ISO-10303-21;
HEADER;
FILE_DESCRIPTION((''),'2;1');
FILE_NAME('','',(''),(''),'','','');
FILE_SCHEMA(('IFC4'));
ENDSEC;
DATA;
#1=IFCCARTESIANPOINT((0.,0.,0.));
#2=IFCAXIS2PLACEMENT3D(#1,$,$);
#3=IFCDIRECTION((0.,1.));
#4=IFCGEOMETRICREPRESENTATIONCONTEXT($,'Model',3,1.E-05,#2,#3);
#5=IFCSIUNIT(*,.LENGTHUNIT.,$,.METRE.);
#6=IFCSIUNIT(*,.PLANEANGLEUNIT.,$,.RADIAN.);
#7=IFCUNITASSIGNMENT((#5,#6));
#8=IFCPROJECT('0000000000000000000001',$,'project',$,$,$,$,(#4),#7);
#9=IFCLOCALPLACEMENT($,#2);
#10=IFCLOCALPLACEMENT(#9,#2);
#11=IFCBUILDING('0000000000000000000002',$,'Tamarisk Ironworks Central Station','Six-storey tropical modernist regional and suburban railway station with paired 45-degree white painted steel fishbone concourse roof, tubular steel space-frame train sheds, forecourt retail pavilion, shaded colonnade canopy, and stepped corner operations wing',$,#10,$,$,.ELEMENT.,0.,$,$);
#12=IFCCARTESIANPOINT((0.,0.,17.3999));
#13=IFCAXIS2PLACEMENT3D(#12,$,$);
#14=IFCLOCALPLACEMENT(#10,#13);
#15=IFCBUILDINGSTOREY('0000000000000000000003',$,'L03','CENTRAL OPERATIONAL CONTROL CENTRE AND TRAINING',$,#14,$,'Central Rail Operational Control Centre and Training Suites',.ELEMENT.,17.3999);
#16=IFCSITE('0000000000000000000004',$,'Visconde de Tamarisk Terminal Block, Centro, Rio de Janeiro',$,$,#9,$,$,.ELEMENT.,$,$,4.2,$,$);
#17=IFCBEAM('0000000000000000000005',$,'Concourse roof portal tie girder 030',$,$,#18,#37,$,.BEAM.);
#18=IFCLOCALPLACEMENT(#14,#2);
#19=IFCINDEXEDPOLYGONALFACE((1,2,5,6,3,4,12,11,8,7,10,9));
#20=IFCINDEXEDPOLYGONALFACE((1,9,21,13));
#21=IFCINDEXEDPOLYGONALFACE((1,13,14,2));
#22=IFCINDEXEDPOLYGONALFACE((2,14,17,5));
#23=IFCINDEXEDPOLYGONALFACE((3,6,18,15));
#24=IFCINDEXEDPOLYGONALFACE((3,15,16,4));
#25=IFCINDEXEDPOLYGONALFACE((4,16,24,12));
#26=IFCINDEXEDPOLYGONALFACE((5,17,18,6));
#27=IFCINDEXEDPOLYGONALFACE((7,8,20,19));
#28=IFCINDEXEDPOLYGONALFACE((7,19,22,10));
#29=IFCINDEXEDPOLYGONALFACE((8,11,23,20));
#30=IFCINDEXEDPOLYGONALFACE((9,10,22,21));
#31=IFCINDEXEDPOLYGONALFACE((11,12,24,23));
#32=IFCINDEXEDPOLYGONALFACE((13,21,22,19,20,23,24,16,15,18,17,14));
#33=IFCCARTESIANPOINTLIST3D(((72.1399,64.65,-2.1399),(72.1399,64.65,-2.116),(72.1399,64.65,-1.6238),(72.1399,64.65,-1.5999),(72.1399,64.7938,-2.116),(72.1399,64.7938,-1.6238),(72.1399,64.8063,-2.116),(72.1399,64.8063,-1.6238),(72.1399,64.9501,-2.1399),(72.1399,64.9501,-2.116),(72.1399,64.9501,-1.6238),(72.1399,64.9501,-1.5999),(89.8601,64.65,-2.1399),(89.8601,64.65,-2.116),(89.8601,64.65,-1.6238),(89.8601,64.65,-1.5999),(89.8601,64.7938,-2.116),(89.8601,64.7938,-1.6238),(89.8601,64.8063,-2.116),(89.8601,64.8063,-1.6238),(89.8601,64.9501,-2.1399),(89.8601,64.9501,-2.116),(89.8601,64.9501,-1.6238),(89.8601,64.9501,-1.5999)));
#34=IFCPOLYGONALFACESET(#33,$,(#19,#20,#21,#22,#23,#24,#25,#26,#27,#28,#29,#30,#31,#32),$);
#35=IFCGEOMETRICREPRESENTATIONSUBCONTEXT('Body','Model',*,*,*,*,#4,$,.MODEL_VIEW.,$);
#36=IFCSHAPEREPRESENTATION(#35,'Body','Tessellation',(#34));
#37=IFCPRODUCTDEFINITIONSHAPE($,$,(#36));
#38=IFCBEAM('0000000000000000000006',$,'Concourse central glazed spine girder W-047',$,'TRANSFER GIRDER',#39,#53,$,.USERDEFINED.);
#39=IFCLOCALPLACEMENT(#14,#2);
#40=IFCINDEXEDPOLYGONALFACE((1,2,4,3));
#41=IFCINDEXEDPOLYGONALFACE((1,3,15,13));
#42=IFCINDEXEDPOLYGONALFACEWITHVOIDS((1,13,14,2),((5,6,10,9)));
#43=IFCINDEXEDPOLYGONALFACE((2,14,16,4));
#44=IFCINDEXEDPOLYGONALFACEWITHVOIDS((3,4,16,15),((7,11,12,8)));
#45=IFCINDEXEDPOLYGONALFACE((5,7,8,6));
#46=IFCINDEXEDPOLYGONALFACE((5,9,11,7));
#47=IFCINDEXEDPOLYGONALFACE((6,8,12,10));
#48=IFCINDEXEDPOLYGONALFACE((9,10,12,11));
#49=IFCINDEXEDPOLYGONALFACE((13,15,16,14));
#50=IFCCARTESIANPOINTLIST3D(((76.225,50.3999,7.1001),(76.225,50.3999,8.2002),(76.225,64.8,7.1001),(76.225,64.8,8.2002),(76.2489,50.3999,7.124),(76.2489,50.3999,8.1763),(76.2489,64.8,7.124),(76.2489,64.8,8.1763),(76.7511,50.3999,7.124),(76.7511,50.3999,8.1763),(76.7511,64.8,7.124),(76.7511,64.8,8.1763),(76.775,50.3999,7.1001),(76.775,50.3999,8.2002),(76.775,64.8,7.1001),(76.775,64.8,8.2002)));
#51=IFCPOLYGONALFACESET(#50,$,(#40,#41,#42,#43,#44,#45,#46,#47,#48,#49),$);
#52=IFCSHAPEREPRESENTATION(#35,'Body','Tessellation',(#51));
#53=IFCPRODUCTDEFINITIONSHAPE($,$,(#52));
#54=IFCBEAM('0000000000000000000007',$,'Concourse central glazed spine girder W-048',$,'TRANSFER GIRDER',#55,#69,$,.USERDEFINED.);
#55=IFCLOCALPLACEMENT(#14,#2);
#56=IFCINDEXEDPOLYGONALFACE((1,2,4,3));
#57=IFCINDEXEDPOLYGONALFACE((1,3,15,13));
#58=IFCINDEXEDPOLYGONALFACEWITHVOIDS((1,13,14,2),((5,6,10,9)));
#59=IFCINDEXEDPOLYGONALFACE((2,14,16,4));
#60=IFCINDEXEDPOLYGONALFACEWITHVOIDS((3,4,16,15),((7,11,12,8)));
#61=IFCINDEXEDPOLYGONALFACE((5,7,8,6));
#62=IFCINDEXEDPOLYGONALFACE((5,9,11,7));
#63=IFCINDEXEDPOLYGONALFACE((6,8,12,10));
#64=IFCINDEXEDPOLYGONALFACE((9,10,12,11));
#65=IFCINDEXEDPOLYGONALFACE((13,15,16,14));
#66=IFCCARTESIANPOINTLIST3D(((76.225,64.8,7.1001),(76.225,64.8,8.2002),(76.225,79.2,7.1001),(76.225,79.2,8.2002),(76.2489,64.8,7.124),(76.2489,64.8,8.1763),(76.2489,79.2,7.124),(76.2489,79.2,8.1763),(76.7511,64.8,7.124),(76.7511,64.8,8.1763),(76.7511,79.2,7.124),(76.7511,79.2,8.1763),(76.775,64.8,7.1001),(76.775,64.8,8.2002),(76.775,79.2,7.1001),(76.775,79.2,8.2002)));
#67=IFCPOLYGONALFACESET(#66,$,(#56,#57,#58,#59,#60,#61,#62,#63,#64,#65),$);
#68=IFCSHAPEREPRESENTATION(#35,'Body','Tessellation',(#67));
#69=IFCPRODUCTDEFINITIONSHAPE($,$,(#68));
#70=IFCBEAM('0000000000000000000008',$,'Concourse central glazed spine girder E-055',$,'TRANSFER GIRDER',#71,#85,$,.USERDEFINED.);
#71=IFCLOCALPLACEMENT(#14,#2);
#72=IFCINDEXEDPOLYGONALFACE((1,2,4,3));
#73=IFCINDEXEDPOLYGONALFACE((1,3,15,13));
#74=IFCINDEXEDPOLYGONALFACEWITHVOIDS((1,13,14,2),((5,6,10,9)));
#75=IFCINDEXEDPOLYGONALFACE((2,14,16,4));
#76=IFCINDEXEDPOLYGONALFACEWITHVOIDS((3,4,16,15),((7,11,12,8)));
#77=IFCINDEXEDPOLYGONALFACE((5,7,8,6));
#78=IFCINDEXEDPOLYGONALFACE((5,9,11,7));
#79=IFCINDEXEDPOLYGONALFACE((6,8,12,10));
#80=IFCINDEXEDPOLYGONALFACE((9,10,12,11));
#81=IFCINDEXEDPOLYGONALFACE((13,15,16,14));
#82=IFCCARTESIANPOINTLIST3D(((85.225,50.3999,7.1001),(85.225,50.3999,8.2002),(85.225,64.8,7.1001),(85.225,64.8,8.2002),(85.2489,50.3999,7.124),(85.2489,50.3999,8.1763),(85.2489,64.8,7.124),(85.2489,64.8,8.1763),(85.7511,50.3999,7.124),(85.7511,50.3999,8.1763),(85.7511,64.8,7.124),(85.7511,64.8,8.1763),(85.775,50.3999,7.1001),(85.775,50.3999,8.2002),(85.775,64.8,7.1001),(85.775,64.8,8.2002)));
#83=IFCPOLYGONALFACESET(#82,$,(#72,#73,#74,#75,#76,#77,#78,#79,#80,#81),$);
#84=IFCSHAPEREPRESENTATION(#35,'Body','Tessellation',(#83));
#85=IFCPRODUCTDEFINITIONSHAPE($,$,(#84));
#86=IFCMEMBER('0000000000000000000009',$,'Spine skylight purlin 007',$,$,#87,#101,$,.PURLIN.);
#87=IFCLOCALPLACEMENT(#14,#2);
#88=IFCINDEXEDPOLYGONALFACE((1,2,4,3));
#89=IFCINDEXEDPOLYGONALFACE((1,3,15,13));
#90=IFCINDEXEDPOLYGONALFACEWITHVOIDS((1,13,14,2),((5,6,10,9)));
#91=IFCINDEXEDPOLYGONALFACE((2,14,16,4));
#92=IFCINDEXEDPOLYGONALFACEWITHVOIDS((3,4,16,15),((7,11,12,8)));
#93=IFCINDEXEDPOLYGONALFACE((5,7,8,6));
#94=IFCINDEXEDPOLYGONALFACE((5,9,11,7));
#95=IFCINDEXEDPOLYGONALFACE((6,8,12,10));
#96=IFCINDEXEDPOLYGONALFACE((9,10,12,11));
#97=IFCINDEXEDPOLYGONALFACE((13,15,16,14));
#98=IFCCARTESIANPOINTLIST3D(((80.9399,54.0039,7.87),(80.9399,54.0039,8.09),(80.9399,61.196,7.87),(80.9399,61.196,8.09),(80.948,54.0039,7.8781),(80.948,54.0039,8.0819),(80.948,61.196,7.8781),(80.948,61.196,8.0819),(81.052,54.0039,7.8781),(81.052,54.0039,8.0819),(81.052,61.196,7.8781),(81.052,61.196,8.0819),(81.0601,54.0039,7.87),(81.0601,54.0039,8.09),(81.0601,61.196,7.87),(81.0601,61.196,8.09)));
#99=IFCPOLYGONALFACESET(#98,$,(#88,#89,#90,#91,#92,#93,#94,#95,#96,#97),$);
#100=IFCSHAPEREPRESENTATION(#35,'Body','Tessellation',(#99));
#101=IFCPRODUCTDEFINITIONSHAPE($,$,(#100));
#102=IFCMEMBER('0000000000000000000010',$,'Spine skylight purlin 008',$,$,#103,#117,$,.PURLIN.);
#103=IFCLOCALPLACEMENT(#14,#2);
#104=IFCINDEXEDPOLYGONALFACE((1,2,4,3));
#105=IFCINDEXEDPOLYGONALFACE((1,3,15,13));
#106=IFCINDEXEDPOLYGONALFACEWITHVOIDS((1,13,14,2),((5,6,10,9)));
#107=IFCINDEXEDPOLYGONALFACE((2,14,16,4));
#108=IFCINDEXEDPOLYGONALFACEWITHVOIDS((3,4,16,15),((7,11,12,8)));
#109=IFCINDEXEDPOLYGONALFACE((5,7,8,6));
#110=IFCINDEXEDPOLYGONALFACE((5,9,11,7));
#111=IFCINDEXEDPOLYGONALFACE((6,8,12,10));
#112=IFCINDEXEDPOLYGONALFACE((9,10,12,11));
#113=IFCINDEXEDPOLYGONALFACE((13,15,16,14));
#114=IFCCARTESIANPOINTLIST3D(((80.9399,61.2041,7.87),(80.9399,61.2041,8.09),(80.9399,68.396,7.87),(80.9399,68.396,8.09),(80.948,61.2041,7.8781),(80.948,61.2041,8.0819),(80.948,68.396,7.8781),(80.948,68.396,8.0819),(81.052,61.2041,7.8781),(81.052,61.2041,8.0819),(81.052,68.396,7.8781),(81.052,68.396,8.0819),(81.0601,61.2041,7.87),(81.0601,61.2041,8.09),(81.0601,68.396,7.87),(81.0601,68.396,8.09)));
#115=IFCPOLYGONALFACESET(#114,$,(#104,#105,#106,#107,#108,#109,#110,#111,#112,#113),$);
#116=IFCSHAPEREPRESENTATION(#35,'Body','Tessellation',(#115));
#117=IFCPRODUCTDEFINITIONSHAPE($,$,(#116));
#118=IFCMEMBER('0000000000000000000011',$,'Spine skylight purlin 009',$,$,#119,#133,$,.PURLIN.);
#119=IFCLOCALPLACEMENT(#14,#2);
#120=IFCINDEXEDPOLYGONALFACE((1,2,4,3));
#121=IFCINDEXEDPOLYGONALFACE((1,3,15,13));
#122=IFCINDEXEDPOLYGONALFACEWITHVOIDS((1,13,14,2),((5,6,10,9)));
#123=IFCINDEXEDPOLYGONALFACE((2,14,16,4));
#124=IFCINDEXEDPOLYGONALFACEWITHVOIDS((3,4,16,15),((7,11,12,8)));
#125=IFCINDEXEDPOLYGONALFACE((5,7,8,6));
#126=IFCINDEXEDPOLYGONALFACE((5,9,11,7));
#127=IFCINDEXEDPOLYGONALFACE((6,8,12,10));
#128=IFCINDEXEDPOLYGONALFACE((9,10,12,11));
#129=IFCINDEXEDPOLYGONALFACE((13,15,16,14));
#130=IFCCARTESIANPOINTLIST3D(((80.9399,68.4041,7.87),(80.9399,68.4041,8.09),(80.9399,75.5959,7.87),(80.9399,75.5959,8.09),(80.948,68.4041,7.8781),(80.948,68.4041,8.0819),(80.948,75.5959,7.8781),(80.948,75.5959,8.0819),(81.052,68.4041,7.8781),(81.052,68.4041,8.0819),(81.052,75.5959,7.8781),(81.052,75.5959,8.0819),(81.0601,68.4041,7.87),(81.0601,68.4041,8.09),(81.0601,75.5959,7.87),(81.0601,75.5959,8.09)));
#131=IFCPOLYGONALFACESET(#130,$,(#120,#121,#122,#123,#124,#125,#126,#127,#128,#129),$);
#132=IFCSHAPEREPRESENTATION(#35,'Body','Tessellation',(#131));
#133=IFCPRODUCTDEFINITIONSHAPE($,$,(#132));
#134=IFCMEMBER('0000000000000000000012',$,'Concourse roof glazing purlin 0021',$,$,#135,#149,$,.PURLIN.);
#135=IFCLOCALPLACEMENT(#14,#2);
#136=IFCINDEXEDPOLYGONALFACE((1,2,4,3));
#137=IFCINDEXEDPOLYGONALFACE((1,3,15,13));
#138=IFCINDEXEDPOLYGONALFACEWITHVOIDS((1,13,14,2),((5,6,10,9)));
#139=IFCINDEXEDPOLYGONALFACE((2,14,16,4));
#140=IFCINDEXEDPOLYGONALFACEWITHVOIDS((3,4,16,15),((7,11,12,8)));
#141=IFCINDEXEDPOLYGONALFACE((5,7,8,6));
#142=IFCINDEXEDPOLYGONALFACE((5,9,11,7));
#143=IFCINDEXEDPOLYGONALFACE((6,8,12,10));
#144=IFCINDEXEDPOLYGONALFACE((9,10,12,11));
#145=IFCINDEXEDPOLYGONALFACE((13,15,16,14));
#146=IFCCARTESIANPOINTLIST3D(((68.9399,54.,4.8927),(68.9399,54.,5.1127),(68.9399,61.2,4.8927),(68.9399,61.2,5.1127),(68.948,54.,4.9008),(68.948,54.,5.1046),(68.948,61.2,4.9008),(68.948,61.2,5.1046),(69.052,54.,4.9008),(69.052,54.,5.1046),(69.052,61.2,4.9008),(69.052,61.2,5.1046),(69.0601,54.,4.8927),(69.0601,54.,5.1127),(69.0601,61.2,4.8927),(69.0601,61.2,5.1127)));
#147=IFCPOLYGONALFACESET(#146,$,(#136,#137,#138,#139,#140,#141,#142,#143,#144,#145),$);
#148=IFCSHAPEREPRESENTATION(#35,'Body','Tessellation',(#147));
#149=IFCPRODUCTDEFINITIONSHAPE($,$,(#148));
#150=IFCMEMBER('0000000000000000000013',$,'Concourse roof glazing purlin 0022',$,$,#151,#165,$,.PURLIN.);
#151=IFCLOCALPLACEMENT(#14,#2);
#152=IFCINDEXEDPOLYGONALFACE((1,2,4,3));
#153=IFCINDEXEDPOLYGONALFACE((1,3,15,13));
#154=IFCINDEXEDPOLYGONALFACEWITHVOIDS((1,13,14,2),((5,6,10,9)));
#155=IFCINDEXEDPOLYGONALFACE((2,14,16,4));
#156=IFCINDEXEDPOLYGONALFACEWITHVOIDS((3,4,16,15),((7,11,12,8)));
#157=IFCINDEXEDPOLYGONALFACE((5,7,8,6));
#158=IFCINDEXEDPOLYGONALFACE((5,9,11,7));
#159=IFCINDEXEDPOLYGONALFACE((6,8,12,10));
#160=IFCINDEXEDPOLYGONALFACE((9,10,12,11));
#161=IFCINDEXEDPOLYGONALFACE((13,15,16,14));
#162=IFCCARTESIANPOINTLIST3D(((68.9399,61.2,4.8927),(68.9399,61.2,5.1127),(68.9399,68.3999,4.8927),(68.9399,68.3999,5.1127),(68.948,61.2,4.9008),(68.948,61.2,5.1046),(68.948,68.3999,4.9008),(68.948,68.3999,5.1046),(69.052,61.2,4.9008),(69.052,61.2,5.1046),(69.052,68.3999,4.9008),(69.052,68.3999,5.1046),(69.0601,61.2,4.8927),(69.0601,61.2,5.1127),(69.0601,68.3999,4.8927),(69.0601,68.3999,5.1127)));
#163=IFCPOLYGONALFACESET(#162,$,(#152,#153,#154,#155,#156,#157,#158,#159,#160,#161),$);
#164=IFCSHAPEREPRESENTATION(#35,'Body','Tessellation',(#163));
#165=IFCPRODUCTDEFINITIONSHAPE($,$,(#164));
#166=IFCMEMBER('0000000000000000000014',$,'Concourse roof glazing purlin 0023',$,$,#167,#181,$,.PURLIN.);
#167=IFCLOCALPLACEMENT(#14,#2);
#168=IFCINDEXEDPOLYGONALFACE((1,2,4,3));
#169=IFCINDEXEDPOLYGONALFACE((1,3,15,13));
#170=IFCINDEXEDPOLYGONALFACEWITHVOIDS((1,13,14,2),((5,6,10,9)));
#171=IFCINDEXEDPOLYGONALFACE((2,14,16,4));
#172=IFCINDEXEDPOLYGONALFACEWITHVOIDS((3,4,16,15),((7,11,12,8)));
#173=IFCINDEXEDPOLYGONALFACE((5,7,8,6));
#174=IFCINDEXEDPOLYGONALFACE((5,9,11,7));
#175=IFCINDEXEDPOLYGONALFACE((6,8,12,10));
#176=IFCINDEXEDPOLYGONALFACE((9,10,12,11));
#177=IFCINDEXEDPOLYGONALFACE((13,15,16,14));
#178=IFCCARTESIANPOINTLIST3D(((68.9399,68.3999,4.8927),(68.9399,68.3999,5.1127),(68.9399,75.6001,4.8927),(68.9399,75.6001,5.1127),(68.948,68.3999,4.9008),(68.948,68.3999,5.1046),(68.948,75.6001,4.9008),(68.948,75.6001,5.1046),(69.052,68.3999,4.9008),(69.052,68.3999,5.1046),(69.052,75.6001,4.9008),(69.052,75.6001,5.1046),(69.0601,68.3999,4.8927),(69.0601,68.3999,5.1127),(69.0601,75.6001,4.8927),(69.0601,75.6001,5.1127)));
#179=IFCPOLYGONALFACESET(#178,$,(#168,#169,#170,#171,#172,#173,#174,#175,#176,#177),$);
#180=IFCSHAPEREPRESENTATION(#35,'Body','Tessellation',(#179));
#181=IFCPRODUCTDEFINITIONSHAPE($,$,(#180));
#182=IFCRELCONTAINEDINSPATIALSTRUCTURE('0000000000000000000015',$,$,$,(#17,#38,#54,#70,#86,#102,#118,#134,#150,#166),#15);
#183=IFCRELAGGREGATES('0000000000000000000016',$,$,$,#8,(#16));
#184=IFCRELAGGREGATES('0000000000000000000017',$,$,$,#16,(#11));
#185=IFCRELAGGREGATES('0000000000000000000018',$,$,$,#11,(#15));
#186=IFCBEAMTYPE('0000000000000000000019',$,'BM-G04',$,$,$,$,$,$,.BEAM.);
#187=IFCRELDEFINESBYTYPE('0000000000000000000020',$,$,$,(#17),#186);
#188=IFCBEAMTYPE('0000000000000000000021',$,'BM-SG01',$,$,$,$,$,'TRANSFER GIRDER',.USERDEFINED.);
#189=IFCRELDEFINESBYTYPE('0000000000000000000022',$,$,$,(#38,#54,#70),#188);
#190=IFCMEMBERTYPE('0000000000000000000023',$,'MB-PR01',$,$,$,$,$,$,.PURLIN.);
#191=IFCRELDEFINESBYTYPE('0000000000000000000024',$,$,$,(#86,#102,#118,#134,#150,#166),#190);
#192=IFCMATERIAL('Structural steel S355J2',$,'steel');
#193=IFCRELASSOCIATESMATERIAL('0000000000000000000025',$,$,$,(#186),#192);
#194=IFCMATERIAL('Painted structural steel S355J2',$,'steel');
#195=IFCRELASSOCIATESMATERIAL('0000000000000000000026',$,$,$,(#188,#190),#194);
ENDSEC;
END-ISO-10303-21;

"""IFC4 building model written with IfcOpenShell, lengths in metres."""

from ifc_helpers import new_model, si_unit, direction, frame, origin, origin_2d, place, context, subcontext, project, spatial, hollow_rectangle, i_section, extrude, material, material_profile, profile_set, type_object, element, save


model = new_model("IFC4")

# Units and contexts
model_context = context("Model", 3, precision=1e-05, world=origin(), true_north=direction((0.0, 1.0)))
body_context = subcontext(model_context, "Body", "Model", "MODEL_VIEW")
ifc_project = project(units=[si_unit("LENGTHUNIT", "METRE"), si_unit("PLANEANGLEUNIT", "RADIAN")], contexts=[model_context])

# Site, building, storey
site_placement = place(None, origin())
site = spatial("IfcSite", under=ifc_project, at=site_placement, Name="Visconde de Tamarisk Terminal Block, Centro, Rio de Janeiro", CompositionType="ELEMENT", RefElevation=4.2)
building_placement = place(site_placement, origin())
building = spatial("IfcBuilding", under=site, at=building_placement, Name="Tamarisk Ironworks Central Station", Description="Six-storey tropical modernist regional and suburban railway station with paired 45-degree white painted steel fishbone concourse roof, tubular steel space-frame train sheds, forecourt retail pavilion, shaded colonnade canopy, and stepped corner operations wing", CompositionType="ELEMENT", ElevationOfRefHeight=0.0)
storey_placement = place(building_placement, frame((0.0, 0.0, 17.3999)))
storey = spatial("IfcBuildingStorey", under=building, at=storey_placement, Name="L03", Description="CENTRAL OPERATIONAL CONTROL CENTRE AND TRAINING", LongName="Central Rail Operational Control Centre and Training Suites", CompositionType="ELEMENT", Elevation=17.3999)

# Beams
ifc_material_1 = material(Name="Painted structural steel S355J2", Category="steel")
ifc_material_2 = material(Name="Structural steel S355J2", Category="steel")
ifc_material_profile_1 = material_profile(ifc_material_2, i_section(OverallWidth=0.3, OverallDepth=0.54, WebThickness=0.0125, FlangeThickness=0.0239, at=origin_2d()), Name="HEA 550")
ifc_profile_set_1 = profile_set([ifc_material_profile_1], Name="Structural steel S355J2")
beam_type_1 = type_object("IfcBeamType", Name="BM-G04", PredefinedType="BEAM", material=ifc_profile_set_1)
for number, where, z_axis, x_axis, name in (
    (1, (72.1399, 64.8, -1.8699), (1.0, 0.0, 0.0), (0.0, 1.0, 0.0), "Concourse roof portal tie girder 030"),
):
    element("IfcBeam", number, at=place(storey_placement, frame(where, z_axis=z_axis, x_axis=x_axis)), inside=storey, type_object=beam_type_1, Name=name, PredefinedType="BEAM", context=body_context, shape_type="SweptSolid", body=[
        extrude(i_section(OverallWidth=0.3, OverallDepth=0.54, WebThickness=0.0125, FlangeThickness=0.0239, at=origin_2d()), origin(), (0.0, 0.0, 1.0), 17.7202),
    ])
ifc_material_profile_2 = material_profile(ifc_material_1, hollow_rectangle(XDim=0.55, YDim=1.1001, WallThickness=0.0239, at=origin_2d()), Name="BOX 550x1100x24")
ifc_profile_set_2 = profile_set([ifc_material_profile_2], Name="Painted structural steel S355J2")
beam_type_2 = type_object("IfcBeamType", Name="BM-SG01", ElementType="TRANSFER GIRDER", PredefinedType="USERDEFINED", material=ifc_profile_set_2)
beam_1_placement = place(storey_placement, frame((76.5, 50.3999, 7.6501), z_axis=(0.0, 1.0, 0.0), x_axis=(-1.0, 0.0, 0.0)))
element("IfcBeam", 2, at=beam_1_placement, inside=storey, type_object=beam_type_2, Name="Concourse central glazed spine girder W-047", ObjectType="TRANSFER GIRDER", PredefinedType="USERDEFINED", context=body_context, shape_type="SweptSolid", body=[
    extrude(hollow_rectangle(XDim=0.55, YDim=1.1001, WallThickness=0.0239, at=origin_2d()), origin(), (0.0, 0.0, 1.0), 14.4001),
])
beam_2_placement = place(storey_placement, frame((76.5, 64.8, 7.6501), z_axis=(0.0, 1.0, 0.0), x_axis=(-1.0, 0.0, 0.0)))
element("IfcBeam", 3, at=beam_2_placement, inside=storey, type_object=beam_type_2, Name="Concourse central glazed spine girder W-048", ObjectType="TRANSFER GIRDER", PredefinedType="USERDEFINED", context=body_context, shape_type="SweptSolid", body=[
    extrude(hollow_rectangle(XDim=0.55, YDim=1.1001, WallThickness=0.0239, at=origin_2d()), origin(), (0.0, 0.0, 1.0), 14.3999),
])
beam_3_placement = place(storey_placement, frame((85.5, 50.3999, 7.6501), z_axis=(0.0, 1.0, 0.0), x_axis=(-1.0, 0.0, 0.0)))
element("IfcBeam", 4, at=beam_3_placement, inside=storey, type_object=beam_type_2, Name="Concourse central glazed spine girder E-055", ObjectType="TRANSFER GIRDER", PredefinedType="USERDEFINED", context=body_context, shape_type="SweptSolid", body=[
    extrude(hollow_rectangle(XDim=0.55, YDim=1.1001, WallThickness=0.0239, at=origin_2d()), origin(), (0.0, 0.0, 1.0), 14.4001),
])

# Members
ifc_material_profile_3 = material_profile(ifc_material_1, hollow_rectangle(XDim=0.1201, YDim=0.22, WallThickness=0.0081, at=origin_2d()), Name="RHS 220x120x8")
ifc_profile_set_3 = profile_set([ifc_material_profile_3], Name="Painted structural steel S355J2")
member_type_1 = type_object("IfcMemberType", Name="MB-PR01", PredefinedType="PURLIN", material=ifc_profile_set_3)
member_1_placement = place(storey_placement, frame((81.0, 54.0039, 7.98), z_axis=(0.0, 1.0, 0.0), x_axis=(-1.0, 0.0, 0.0)))
element("IfcMember", 5, at=member_1_placement, inside=storey, type_object=member_type_1, Name="Spine skylight purlin 007", PredefinedType="PURLIN", context=body_context, shape_type="SweptSolid", body=[
    extrude(hollow_rectangle(XDim=0.1201, YDim=0.22, WallThickness=0.0081, at=origin_2d()), origin(), (0.0, 0.0, 1.0), 7.1921),
])
for number, where, z_axis, x_axis, name in (
    (6, (81.0, 61.2041, 7.98), (0.0, 1.0, 0.0), (-1.0, 0.0, 0.0), "Spine skylight purlin 008"),
    (7, (81.0, 68.4041, 7.98), (0.0, 1.0, 0.0), (-1.0, 0.0, 0.0), "Spine skylight purlin 009"),
):
    element("IfcMember", number, at=place(storey_placement, frame(where, z_axis=z_axis, x_axis=x_axis)), inside=storey, type_object=member_type_1, Name=name, PredefinedType="PURLIN", context=body_context, shape_type="SweptSolid", body=[
        extrude(hollow_rectangle(XDim=0.1201, YDim=0.22, WallThickness=0.0081, at=origin_2d()), origin(), (0.0, 0.0, 1.0), 7.1919),
    ])
for number, where, z_axis, x_axis, name in (
    (8, (69.0, 54.0, 5.0027), (0.0, 1.0, 0.0), (-1.0, 0.0, 0.0), "Concourse roof glazing purlin 0021"),
    (9, (69.0, 61.2, 5.0027), (0.0, 1.0, 0.0), (-1.0, 0.0, 0.0), "Concourse roof glazing purlin 0022"),
):
    element("IfcMember", number, at=place(storey_placement, frame(where, z_axis=z_axis, x_axis=x_axis)), inside=storey, type_object=member_type_1, Name=name, PredefinedType="PURLIN", context=body_context, shape_type="SweptSolid", body=[
        extrude(hollow_rectangle(XDim=0.1201, YDim=0.22, WallThickness=0.0081, at=origin_2d()), origin(), (0.0, 0.0, 1.0), 7.2),
    ])
member_2_placement = place(storey_placement, frame((69.0, 68.3999, 5.0027), z_axis=(0.0, 1.0, 0.0), x_axis=(-1.0, 0.0, 0.0)))
element("IfcMember", 10, at=member_2_placement, inside=storey, type_object=member_type_1, Name="Concourse roof glazing purlin 0023", PredefinedType="PURLIN", context=body_context, shape_type="SweptSolid", body=[
    extrude(hollow_rectangle(XDim=0.1201, YDim=0.22, WallThickness=0.0081, at=origin_2d()), origin(), (0.0, 0.0, 1.0), 7.2002),
])

save(model, "model.ifc")
